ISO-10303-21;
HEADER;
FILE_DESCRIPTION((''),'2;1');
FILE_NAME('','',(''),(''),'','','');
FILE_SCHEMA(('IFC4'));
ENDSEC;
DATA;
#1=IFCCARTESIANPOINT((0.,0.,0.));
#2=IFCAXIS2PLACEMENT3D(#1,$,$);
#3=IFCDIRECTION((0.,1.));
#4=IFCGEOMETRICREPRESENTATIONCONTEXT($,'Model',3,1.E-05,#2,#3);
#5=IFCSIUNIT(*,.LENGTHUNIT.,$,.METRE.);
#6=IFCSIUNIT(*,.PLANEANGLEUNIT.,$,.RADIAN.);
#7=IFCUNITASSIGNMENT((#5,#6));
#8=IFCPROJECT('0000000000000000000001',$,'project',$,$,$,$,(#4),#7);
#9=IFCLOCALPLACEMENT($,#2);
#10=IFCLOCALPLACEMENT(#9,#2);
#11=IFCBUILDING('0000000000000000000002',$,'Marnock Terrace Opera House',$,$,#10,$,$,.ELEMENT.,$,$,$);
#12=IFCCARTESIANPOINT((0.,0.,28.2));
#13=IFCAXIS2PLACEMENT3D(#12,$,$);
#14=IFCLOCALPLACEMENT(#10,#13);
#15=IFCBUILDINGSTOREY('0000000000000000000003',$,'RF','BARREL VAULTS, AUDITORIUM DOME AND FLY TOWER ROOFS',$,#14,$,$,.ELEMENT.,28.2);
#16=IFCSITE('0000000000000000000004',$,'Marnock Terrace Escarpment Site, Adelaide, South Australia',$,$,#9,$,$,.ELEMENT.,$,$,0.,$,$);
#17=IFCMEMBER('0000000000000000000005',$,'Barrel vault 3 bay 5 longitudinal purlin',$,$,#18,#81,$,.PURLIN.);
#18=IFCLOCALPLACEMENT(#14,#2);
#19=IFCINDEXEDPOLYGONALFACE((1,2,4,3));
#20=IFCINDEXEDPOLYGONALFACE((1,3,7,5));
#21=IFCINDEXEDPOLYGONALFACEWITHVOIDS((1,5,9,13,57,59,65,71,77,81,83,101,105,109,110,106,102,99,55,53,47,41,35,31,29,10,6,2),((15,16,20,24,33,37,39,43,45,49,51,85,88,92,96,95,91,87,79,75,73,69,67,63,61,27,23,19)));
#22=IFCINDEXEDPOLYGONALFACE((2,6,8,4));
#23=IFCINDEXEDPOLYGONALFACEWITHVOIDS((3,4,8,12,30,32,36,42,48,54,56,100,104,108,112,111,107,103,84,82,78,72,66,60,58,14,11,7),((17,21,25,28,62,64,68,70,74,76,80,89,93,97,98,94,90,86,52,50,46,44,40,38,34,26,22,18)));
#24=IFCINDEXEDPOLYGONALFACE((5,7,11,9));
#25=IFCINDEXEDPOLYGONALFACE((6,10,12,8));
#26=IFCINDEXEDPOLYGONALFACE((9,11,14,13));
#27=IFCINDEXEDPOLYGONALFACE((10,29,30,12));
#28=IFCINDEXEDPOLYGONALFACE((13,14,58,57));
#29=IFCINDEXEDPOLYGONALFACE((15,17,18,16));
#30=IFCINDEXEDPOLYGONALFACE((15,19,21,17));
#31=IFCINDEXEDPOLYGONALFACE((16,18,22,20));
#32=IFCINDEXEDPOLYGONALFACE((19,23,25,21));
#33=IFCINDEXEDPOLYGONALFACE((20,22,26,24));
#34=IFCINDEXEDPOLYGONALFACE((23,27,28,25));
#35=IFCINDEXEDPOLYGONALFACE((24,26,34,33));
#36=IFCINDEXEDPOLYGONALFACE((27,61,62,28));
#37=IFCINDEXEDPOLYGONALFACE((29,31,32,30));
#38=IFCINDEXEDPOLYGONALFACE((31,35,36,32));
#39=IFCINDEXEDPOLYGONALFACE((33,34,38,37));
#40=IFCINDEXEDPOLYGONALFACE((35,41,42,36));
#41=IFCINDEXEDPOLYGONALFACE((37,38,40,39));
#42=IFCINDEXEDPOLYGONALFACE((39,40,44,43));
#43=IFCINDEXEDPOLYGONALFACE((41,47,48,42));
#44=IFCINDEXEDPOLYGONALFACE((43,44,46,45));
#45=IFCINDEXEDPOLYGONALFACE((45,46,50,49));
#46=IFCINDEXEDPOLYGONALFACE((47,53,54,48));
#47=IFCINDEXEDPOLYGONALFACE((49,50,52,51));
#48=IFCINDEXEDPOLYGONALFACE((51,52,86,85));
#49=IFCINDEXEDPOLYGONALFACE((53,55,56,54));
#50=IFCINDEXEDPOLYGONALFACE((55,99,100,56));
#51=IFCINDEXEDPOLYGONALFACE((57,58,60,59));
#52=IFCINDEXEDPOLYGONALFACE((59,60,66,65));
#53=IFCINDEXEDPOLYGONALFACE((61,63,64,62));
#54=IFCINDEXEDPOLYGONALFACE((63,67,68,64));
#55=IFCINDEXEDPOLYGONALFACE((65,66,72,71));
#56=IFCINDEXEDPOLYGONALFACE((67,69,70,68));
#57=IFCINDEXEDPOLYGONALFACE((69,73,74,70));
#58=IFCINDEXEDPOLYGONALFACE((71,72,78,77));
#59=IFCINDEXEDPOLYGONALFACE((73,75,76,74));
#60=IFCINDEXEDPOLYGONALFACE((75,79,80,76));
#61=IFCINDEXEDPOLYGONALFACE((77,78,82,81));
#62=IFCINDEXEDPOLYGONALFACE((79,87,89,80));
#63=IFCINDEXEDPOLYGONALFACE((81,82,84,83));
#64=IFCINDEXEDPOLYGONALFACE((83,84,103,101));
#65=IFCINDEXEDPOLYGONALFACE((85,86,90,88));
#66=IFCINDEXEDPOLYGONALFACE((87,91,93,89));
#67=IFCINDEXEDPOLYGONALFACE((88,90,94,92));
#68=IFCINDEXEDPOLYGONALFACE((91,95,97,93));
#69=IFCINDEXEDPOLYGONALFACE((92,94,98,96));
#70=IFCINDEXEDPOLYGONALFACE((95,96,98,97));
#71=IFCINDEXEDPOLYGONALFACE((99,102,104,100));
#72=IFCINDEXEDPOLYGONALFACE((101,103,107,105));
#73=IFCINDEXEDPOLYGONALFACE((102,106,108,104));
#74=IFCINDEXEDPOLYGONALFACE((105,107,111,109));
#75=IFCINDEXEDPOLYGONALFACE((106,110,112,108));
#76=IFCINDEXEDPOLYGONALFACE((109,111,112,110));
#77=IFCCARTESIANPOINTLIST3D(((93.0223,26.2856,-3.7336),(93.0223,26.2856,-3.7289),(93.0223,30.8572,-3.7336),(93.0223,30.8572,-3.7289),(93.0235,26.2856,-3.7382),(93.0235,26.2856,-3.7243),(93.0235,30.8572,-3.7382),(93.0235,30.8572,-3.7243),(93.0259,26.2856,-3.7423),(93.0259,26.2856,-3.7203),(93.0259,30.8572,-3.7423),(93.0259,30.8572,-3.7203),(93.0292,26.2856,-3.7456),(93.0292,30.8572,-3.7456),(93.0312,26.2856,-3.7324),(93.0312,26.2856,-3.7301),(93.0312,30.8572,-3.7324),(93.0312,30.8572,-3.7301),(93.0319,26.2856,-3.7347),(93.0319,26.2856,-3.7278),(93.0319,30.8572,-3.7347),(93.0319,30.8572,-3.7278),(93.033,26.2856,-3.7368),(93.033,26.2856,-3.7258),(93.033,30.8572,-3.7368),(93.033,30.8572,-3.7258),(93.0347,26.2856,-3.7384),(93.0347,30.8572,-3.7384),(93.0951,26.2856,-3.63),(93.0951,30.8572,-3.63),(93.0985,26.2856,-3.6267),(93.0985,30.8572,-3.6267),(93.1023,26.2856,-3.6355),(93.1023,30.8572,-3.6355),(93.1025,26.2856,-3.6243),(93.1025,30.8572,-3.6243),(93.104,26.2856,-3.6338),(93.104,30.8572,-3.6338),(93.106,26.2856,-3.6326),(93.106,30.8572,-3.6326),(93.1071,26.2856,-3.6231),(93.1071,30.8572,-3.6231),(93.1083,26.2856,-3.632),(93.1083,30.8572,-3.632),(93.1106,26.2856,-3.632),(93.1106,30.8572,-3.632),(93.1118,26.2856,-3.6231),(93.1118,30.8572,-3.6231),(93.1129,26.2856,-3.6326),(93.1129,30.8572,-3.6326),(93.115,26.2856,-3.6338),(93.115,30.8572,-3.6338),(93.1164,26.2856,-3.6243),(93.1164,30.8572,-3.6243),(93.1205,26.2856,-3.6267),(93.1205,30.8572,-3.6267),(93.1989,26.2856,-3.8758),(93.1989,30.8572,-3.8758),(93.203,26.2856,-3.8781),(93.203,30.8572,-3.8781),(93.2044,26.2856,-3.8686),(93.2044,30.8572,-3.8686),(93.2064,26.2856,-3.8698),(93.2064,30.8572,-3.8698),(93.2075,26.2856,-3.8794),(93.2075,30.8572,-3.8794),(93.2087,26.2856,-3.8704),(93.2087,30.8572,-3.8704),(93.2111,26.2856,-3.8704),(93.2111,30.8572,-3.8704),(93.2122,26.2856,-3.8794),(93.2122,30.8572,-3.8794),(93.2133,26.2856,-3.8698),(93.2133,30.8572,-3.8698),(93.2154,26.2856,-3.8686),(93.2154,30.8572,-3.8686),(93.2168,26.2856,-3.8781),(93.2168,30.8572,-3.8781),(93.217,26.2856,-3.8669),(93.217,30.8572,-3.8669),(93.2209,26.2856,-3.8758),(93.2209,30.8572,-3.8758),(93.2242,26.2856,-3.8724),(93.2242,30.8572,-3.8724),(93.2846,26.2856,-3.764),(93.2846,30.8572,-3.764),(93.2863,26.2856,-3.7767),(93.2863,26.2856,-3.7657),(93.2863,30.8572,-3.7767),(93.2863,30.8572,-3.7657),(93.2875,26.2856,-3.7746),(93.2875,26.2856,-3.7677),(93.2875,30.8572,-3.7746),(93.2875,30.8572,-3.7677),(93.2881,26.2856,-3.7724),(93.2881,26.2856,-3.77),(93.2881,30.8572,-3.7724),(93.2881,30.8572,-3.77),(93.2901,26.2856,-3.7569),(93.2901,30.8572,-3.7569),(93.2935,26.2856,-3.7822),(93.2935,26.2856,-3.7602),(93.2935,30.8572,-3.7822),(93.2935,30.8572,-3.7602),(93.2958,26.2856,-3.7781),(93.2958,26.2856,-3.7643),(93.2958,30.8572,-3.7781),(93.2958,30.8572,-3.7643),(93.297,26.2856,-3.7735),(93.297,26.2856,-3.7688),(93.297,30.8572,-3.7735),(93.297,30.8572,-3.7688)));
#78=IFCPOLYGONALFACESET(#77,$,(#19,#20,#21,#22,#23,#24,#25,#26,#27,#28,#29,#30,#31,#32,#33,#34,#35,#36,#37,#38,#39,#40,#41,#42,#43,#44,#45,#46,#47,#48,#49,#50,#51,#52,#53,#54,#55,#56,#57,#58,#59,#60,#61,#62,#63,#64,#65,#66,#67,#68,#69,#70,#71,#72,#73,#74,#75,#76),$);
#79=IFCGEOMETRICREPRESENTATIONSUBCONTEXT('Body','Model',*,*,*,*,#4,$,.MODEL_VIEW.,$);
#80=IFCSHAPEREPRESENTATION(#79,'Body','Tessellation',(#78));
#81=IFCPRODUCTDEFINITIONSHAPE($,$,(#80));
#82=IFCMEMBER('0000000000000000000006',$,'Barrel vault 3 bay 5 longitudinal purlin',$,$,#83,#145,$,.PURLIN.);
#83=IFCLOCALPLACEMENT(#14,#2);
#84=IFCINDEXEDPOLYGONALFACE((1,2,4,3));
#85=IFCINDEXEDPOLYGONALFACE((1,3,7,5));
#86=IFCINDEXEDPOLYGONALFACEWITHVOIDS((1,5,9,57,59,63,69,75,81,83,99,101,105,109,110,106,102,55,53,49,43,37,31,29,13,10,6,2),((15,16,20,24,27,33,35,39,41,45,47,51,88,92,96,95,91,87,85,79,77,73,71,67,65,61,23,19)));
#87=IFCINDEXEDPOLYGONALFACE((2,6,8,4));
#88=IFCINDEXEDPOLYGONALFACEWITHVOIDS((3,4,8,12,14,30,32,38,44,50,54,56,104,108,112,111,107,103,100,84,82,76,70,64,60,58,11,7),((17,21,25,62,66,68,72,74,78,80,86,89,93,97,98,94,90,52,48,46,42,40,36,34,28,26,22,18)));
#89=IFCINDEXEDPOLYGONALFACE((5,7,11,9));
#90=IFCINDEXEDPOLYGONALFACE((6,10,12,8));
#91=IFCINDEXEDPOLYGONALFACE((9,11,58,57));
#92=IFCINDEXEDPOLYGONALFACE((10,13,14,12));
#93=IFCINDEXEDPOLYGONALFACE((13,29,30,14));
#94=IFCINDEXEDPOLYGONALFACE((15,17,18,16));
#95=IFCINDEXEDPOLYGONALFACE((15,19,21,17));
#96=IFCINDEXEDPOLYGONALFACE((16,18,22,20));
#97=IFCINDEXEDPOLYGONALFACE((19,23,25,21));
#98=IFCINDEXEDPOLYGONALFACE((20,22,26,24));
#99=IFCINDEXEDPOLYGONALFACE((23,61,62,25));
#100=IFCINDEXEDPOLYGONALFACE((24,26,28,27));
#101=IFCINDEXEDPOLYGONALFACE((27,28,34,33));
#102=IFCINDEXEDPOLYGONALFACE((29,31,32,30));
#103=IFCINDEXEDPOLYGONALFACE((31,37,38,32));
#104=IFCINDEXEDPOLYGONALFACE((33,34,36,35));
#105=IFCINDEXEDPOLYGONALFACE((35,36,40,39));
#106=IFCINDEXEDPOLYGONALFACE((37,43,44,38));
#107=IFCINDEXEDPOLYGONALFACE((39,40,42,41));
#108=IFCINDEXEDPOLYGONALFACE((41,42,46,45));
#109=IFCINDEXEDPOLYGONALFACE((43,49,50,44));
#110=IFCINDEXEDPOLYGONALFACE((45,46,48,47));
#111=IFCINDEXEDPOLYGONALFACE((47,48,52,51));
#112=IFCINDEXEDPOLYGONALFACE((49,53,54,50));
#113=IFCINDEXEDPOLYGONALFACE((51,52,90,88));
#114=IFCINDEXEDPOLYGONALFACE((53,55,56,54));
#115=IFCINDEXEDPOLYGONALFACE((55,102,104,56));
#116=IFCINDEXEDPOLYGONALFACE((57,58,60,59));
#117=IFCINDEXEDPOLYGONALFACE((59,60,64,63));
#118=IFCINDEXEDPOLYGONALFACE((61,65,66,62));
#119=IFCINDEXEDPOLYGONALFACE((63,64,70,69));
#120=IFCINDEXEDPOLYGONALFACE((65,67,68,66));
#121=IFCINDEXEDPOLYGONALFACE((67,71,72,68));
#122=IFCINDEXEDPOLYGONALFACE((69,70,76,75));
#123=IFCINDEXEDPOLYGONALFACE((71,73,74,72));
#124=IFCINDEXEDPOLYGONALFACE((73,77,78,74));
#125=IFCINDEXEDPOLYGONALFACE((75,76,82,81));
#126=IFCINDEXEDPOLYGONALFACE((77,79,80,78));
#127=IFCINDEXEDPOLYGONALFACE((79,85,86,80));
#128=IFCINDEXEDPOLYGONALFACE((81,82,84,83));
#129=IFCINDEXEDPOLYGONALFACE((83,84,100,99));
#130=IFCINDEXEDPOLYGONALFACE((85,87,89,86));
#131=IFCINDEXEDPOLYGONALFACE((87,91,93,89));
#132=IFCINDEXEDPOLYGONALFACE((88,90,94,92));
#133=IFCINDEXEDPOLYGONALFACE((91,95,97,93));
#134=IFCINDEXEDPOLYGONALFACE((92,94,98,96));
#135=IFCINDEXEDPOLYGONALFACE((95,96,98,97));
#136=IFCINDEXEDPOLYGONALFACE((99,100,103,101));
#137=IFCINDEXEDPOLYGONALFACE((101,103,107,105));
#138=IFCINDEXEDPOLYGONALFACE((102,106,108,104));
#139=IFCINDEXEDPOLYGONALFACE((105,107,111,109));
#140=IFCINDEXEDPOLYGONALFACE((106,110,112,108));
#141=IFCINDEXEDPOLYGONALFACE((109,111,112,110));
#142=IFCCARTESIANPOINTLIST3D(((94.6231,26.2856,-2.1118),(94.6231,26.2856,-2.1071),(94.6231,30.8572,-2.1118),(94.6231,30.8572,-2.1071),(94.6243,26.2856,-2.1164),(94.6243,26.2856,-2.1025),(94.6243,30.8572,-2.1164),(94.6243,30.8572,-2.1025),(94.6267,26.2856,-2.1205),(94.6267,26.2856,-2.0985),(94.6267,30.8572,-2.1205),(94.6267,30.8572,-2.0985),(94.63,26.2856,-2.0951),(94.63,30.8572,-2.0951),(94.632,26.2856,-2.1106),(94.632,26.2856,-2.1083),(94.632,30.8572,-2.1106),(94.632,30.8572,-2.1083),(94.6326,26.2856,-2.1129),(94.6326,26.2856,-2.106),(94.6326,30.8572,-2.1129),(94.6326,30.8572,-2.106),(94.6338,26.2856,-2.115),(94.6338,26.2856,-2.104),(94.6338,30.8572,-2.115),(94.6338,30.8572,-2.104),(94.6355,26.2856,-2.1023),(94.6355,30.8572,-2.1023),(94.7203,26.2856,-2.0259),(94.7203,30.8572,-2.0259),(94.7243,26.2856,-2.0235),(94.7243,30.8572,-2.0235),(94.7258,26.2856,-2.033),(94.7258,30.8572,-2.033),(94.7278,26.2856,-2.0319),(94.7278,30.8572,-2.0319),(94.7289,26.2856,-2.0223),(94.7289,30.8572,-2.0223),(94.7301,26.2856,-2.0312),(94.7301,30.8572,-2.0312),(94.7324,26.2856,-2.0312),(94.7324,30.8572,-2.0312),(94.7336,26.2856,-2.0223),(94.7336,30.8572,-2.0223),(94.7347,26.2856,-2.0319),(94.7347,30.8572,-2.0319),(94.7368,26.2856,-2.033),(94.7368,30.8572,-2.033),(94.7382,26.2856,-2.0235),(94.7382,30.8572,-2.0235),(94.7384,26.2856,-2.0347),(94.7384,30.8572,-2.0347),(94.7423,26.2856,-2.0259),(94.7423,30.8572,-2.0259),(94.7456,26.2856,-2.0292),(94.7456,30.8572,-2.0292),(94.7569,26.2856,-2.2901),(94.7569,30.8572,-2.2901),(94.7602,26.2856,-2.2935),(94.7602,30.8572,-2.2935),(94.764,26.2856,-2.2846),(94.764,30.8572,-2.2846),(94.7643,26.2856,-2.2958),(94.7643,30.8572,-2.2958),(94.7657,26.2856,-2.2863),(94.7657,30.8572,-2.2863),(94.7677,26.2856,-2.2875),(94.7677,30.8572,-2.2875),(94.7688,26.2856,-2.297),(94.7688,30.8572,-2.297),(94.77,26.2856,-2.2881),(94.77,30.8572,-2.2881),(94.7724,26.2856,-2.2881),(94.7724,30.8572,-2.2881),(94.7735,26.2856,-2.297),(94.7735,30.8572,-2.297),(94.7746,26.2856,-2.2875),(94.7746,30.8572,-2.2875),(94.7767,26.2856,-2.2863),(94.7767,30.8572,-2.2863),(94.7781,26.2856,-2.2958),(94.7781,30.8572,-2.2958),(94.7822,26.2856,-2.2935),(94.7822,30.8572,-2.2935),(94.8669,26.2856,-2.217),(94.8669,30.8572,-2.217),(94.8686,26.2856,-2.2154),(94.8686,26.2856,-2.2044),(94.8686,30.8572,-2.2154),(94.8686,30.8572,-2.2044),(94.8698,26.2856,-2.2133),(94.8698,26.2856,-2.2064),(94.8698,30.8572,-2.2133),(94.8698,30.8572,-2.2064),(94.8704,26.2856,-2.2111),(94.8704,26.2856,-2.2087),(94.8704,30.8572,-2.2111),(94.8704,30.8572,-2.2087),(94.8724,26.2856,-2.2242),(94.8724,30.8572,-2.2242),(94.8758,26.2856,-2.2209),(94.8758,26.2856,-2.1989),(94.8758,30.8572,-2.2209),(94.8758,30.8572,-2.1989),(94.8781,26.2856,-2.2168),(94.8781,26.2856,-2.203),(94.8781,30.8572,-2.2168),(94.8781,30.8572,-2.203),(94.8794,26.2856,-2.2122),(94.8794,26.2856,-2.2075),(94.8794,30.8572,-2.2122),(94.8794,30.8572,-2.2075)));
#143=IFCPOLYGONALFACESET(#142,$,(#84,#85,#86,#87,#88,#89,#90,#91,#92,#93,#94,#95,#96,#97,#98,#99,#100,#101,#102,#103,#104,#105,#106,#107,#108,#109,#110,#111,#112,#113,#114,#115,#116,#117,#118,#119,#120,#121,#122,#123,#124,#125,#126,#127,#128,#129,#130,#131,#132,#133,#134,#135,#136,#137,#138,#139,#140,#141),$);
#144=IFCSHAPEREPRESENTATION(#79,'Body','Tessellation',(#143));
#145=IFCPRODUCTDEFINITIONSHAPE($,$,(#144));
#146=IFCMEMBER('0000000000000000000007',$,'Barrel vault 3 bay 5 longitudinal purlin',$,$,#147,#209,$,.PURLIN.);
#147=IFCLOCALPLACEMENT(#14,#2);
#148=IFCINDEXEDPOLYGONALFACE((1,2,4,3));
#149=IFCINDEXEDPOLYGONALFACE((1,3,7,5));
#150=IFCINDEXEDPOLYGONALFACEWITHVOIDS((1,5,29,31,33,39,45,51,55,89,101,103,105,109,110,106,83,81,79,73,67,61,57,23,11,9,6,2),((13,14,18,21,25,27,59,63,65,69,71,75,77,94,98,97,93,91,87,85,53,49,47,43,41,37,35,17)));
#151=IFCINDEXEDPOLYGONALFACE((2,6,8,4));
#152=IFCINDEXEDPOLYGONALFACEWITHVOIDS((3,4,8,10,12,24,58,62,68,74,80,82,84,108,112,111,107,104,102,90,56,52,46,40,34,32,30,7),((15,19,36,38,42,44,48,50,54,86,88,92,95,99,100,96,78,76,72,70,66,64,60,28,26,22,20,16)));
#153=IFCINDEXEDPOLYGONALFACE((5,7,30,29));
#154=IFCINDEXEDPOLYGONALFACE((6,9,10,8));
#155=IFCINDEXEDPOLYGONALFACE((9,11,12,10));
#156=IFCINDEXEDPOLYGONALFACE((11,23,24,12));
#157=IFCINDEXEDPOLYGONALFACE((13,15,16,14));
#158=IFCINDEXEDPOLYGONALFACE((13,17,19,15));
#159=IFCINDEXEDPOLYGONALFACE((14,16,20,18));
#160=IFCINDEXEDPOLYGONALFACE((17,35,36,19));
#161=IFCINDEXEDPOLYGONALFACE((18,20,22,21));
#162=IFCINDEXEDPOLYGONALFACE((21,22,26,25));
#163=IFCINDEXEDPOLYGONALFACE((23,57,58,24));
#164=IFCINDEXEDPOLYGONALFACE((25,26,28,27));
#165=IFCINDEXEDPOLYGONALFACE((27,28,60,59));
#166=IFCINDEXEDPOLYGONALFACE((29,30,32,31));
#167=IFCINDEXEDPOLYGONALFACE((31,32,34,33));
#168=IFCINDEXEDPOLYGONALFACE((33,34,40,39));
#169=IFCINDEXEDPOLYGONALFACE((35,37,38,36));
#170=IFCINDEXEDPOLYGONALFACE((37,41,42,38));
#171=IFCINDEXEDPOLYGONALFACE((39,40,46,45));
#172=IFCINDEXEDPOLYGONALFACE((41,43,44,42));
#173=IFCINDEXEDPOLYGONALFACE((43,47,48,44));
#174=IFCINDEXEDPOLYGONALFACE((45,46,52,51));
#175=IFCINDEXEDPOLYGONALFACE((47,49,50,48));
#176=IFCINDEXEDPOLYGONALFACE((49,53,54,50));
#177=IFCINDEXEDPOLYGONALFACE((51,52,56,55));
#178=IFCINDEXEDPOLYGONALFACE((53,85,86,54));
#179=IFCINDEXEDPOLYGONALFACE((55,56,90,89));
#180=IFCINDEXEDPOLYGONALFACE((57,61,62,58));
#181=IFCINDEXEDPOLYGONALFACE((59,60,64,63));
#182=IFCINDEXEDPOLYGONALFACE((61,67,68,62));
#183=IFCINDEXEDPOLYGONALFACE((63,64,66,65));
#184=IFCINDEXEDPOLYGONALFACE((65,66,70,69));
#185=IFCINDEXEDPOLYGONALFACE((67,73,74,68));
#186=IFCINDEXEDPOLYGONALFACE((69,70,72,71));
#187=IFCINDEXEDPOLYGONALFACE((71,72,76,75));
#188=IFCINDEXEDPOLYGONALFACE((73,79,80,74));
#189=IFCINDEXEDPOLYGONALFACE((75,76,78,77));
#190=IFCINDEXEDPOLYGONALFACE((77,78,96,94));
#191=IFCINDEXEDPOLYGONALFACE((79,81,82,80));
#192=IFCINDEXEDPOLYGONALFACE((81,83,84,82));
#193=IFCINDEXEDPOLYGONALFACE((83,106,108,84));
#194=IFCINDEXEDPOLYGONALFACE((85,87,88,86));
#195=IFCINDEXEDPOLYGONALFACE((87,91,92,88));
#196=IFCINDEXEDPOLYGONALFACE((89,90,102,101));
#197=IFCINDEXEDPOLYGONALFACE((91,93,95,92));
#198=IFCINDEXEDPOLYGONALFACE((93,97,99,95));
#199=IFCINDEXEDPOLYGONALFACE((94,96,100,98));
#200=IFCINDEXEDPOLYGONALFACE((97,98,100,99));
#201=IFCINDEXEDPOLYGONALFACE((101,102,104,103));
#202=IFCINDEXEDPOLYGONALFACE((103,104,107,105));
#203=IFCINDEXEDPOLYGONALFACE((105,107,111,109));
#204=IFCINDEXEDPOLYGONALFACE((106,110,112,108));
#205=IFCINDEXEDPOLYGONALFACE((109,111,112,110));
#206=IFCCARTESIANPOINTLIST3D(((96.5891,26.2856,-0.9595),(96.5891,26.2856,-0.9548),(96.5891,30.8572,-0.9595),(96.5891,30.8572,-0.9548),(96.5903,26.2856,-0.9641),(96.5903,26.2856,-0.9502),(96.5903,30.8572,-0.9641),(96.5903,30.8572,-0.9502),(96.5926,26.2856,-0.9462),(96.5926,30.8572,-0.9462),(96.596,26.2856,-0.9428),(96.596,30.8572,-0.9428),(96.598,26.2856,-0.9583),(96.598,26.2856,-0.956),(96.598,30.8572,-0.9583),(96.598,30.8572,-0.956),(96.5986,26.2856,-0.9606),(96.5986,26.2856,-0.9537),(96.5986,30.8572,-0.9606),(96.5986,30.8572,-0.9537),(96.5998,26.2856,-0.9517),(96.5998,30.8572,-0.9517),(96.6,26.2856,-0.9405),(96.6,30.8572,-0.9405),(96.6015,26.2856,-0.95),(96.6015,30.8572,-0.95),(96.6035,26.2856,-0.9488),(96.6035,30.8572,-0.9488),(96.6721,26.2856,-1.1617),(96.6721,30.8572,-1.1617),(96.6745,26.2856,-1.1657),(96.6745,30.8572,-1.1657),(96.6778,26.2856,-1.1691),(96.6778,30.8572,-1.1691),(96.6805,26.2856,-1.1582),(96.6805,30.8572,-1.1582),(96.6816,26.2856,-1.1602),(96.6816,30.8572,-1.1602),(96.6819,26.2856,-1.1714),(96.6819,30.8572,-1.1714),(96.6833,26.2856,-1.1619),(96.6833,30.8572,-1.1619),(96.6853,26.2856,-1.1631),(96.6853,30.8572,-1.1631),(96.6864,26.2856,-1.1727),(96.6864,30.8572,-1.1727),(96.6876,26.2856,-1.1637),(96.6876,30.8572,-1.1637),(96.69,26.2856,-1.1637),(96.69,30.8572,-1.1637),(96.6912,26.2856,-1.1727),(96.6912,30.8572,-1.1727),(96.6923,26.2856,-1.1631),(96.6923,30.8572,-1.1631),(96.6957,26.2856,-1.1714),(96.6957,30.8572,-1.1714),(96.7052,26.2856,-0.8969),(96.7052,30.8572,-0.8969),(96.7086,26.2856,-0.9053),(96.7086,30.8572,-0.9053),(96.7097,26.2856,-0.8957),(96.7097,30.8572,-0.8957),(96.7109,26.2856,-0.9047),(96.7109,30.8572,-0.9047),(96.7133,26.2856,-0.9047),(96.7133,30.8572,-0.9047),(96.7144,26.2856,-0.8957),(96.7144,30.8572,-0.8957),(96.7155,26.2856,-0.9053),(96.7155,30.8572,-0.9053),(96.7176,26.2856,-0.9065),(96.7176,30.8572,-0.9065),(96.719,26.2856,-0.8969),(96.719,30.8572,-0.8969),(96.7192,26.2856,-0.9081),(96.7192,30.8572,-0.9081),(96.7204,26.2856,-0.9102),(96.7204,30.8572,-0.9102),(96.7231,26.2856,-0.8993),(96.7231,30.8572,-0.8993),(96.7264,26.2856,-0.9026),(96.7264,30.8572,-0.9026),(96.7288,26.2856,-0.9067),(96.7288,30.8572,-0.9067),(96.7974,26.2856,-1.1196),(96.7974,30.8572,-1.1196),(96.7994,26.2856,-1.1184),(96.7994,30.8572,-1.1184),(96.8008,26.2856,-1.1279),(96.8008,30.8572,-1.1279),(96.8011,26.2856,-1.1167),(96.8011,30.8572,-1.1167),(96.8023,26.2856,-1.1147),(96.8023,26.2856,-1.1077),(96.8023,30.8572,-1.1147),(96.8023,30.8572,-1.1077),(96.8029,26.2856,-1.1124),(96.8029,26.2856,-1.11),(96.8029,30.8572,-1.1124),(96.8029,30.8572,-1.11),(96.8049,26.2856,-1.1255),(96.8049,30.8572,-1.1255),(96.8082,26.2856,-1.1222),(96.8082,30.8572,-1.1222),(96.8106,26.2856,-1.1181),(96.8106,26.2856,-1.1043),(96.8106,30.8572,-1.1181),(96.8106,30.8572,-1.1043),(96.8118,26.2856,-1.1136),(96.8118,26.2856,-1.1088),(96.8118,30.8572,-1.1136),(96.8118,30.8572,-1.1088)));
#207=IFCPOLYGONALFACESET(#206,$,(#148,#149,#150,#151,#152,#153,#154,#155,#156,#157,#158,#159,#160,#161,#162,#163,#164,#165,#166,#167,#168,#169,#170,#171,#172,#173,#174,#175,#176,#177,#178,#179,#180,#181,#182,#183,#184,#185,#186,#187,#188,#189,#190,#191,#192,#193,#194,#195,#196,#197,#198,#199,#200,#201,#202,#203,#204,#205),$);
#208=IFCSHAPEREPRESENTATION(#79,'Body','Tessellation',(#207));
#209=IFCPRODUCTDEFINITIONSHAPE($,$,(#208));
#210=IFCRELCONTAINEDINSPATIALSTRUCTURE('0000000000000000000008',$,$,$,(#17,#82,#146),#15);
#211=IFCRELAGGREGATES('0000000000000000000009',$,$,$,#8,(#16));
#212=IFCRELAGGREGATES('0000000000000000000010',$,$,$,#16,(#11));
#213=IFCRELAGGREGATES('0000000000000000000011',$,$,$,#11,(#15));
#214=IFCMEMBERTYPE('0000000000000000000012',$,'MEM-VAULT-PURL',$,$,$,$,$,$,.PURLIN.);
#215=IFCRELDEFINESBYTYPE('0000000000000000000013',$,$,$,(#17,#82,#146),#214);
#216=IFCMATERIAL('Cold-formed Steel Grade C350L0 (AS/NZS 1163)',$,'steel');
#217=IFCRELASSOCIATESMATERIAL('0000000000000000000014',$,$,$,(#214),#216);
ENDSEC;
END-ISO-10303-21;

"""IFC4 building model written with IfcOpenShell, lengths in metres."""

from ifc_helpers import new_model, si_unit, direction, frame, origin, origin_2d, place, context, subcontext, project, spatial, hollow_rectangle, extrude, material, material_profile, profile_set, type_object, element, save


model = new_model("IFC4")

# Units and contexts
model_context = context("Model", 3, precision=1e-05, world=origin(), true_north=direction((0.0, 1.0)))
body_context = subcontext(model_context, "Body", "Model", "MODEL_VIEW")
ifc_project = project(units=[si_unit("LENGTHUNIT", "METRE"), si_unit("PLANEANGLEUNIT", "RADIAN")], contexts=[model_context])

# Site, building, storey
site_placement = place(None, origin())
site = spatial("IfcSite", under=ifc_project, at=site_placement, Name="Marnock Terrace Escarpment Site, Adelaide, South Australia", CompositionType="ELEMENT", RefElevation=0.0)
building_placement = place(site_placement, origin())
building = spatial("IfcBuilding", under=site, at=building_placement, Name="Marnock Terrace Opera House", CompositionType="ELEMENT")
storey_placement = place(building_placement, frame((0.0, 0.0, 28.2)))
storey = spatial("IfcBuildingStorey", under=building, at=storey_placement, Name="RF", Description="BARREL VAULTS, AUDITORIUM DOME AND FLY TOWER ROOFS", CompositionType="ELEMENT", Elevation=28.2)

# Members
ifc_material = material(Name="Cold-formed Steel Grade C350L0 (AS/NZS 1163)", Category="steel")
ifc_material_profile_1 = material_profile(ifc_material, hollow_rectangle(XDim=0.1499, YDim=0.25, WallThickness=0.009, InnerFilletRadius=0.009, OuterFilletRadius=0.0181, at=origin_2d()))
ifc_profile_set_1 = profile_set([ifc_material_profile_1], Name="Cold-formed Steel Grade C350L0 (AS/NZS 1163)")
member_type_1 = type_object("IfcMemberType", Name="MEM-VAULT-PURL", PredefinedType="PURLIN", material=ifc_profile_set_1)
for number, where, z_axis, x_axis, name in (
    (1, (93.1597, 26.2856, -3.7512), (0.0, 1.0, 0.0), (-0.608761, 0.0, -0.793353), "Barrel vault 3 bay 5 longitudinal purlin"),
    (2, (94.7512, 26.2856, -2.1597), (0.0, 1.0, 0.0), (-0.793353, 0.0, -0.608761), "Barrel vault 3 bay 5 longitudinal purlin"),
    (3, (96.7004, 26.2856, -1.0342), (0.0, 1.0, 0.0), (-0.92388, 0.0, -0.382683), "Barrel vault 3 bay 5 longitudinal purlin"),
):
    element("IfcMember", number, at=place(storey_placement, frame(where, z_axis=z_axis, x_axis=x_axis)), inside=storey, type_object=member_type_1, Name=name, PredefinedType="PURLIN", context=body_context, shape_type="SweptSolid", body=[
        extrude(hollow_rectangle(XDim=0.1499, YDim=0.25, WallThickness=0.009, InnerFilletRadius=0.009, OuterFilletRadius=0.0181, at=origin_2d()), origin(), (0.0, 0.0, 1.0), 4.5715),
    ])

save(model, "model.ifc")
